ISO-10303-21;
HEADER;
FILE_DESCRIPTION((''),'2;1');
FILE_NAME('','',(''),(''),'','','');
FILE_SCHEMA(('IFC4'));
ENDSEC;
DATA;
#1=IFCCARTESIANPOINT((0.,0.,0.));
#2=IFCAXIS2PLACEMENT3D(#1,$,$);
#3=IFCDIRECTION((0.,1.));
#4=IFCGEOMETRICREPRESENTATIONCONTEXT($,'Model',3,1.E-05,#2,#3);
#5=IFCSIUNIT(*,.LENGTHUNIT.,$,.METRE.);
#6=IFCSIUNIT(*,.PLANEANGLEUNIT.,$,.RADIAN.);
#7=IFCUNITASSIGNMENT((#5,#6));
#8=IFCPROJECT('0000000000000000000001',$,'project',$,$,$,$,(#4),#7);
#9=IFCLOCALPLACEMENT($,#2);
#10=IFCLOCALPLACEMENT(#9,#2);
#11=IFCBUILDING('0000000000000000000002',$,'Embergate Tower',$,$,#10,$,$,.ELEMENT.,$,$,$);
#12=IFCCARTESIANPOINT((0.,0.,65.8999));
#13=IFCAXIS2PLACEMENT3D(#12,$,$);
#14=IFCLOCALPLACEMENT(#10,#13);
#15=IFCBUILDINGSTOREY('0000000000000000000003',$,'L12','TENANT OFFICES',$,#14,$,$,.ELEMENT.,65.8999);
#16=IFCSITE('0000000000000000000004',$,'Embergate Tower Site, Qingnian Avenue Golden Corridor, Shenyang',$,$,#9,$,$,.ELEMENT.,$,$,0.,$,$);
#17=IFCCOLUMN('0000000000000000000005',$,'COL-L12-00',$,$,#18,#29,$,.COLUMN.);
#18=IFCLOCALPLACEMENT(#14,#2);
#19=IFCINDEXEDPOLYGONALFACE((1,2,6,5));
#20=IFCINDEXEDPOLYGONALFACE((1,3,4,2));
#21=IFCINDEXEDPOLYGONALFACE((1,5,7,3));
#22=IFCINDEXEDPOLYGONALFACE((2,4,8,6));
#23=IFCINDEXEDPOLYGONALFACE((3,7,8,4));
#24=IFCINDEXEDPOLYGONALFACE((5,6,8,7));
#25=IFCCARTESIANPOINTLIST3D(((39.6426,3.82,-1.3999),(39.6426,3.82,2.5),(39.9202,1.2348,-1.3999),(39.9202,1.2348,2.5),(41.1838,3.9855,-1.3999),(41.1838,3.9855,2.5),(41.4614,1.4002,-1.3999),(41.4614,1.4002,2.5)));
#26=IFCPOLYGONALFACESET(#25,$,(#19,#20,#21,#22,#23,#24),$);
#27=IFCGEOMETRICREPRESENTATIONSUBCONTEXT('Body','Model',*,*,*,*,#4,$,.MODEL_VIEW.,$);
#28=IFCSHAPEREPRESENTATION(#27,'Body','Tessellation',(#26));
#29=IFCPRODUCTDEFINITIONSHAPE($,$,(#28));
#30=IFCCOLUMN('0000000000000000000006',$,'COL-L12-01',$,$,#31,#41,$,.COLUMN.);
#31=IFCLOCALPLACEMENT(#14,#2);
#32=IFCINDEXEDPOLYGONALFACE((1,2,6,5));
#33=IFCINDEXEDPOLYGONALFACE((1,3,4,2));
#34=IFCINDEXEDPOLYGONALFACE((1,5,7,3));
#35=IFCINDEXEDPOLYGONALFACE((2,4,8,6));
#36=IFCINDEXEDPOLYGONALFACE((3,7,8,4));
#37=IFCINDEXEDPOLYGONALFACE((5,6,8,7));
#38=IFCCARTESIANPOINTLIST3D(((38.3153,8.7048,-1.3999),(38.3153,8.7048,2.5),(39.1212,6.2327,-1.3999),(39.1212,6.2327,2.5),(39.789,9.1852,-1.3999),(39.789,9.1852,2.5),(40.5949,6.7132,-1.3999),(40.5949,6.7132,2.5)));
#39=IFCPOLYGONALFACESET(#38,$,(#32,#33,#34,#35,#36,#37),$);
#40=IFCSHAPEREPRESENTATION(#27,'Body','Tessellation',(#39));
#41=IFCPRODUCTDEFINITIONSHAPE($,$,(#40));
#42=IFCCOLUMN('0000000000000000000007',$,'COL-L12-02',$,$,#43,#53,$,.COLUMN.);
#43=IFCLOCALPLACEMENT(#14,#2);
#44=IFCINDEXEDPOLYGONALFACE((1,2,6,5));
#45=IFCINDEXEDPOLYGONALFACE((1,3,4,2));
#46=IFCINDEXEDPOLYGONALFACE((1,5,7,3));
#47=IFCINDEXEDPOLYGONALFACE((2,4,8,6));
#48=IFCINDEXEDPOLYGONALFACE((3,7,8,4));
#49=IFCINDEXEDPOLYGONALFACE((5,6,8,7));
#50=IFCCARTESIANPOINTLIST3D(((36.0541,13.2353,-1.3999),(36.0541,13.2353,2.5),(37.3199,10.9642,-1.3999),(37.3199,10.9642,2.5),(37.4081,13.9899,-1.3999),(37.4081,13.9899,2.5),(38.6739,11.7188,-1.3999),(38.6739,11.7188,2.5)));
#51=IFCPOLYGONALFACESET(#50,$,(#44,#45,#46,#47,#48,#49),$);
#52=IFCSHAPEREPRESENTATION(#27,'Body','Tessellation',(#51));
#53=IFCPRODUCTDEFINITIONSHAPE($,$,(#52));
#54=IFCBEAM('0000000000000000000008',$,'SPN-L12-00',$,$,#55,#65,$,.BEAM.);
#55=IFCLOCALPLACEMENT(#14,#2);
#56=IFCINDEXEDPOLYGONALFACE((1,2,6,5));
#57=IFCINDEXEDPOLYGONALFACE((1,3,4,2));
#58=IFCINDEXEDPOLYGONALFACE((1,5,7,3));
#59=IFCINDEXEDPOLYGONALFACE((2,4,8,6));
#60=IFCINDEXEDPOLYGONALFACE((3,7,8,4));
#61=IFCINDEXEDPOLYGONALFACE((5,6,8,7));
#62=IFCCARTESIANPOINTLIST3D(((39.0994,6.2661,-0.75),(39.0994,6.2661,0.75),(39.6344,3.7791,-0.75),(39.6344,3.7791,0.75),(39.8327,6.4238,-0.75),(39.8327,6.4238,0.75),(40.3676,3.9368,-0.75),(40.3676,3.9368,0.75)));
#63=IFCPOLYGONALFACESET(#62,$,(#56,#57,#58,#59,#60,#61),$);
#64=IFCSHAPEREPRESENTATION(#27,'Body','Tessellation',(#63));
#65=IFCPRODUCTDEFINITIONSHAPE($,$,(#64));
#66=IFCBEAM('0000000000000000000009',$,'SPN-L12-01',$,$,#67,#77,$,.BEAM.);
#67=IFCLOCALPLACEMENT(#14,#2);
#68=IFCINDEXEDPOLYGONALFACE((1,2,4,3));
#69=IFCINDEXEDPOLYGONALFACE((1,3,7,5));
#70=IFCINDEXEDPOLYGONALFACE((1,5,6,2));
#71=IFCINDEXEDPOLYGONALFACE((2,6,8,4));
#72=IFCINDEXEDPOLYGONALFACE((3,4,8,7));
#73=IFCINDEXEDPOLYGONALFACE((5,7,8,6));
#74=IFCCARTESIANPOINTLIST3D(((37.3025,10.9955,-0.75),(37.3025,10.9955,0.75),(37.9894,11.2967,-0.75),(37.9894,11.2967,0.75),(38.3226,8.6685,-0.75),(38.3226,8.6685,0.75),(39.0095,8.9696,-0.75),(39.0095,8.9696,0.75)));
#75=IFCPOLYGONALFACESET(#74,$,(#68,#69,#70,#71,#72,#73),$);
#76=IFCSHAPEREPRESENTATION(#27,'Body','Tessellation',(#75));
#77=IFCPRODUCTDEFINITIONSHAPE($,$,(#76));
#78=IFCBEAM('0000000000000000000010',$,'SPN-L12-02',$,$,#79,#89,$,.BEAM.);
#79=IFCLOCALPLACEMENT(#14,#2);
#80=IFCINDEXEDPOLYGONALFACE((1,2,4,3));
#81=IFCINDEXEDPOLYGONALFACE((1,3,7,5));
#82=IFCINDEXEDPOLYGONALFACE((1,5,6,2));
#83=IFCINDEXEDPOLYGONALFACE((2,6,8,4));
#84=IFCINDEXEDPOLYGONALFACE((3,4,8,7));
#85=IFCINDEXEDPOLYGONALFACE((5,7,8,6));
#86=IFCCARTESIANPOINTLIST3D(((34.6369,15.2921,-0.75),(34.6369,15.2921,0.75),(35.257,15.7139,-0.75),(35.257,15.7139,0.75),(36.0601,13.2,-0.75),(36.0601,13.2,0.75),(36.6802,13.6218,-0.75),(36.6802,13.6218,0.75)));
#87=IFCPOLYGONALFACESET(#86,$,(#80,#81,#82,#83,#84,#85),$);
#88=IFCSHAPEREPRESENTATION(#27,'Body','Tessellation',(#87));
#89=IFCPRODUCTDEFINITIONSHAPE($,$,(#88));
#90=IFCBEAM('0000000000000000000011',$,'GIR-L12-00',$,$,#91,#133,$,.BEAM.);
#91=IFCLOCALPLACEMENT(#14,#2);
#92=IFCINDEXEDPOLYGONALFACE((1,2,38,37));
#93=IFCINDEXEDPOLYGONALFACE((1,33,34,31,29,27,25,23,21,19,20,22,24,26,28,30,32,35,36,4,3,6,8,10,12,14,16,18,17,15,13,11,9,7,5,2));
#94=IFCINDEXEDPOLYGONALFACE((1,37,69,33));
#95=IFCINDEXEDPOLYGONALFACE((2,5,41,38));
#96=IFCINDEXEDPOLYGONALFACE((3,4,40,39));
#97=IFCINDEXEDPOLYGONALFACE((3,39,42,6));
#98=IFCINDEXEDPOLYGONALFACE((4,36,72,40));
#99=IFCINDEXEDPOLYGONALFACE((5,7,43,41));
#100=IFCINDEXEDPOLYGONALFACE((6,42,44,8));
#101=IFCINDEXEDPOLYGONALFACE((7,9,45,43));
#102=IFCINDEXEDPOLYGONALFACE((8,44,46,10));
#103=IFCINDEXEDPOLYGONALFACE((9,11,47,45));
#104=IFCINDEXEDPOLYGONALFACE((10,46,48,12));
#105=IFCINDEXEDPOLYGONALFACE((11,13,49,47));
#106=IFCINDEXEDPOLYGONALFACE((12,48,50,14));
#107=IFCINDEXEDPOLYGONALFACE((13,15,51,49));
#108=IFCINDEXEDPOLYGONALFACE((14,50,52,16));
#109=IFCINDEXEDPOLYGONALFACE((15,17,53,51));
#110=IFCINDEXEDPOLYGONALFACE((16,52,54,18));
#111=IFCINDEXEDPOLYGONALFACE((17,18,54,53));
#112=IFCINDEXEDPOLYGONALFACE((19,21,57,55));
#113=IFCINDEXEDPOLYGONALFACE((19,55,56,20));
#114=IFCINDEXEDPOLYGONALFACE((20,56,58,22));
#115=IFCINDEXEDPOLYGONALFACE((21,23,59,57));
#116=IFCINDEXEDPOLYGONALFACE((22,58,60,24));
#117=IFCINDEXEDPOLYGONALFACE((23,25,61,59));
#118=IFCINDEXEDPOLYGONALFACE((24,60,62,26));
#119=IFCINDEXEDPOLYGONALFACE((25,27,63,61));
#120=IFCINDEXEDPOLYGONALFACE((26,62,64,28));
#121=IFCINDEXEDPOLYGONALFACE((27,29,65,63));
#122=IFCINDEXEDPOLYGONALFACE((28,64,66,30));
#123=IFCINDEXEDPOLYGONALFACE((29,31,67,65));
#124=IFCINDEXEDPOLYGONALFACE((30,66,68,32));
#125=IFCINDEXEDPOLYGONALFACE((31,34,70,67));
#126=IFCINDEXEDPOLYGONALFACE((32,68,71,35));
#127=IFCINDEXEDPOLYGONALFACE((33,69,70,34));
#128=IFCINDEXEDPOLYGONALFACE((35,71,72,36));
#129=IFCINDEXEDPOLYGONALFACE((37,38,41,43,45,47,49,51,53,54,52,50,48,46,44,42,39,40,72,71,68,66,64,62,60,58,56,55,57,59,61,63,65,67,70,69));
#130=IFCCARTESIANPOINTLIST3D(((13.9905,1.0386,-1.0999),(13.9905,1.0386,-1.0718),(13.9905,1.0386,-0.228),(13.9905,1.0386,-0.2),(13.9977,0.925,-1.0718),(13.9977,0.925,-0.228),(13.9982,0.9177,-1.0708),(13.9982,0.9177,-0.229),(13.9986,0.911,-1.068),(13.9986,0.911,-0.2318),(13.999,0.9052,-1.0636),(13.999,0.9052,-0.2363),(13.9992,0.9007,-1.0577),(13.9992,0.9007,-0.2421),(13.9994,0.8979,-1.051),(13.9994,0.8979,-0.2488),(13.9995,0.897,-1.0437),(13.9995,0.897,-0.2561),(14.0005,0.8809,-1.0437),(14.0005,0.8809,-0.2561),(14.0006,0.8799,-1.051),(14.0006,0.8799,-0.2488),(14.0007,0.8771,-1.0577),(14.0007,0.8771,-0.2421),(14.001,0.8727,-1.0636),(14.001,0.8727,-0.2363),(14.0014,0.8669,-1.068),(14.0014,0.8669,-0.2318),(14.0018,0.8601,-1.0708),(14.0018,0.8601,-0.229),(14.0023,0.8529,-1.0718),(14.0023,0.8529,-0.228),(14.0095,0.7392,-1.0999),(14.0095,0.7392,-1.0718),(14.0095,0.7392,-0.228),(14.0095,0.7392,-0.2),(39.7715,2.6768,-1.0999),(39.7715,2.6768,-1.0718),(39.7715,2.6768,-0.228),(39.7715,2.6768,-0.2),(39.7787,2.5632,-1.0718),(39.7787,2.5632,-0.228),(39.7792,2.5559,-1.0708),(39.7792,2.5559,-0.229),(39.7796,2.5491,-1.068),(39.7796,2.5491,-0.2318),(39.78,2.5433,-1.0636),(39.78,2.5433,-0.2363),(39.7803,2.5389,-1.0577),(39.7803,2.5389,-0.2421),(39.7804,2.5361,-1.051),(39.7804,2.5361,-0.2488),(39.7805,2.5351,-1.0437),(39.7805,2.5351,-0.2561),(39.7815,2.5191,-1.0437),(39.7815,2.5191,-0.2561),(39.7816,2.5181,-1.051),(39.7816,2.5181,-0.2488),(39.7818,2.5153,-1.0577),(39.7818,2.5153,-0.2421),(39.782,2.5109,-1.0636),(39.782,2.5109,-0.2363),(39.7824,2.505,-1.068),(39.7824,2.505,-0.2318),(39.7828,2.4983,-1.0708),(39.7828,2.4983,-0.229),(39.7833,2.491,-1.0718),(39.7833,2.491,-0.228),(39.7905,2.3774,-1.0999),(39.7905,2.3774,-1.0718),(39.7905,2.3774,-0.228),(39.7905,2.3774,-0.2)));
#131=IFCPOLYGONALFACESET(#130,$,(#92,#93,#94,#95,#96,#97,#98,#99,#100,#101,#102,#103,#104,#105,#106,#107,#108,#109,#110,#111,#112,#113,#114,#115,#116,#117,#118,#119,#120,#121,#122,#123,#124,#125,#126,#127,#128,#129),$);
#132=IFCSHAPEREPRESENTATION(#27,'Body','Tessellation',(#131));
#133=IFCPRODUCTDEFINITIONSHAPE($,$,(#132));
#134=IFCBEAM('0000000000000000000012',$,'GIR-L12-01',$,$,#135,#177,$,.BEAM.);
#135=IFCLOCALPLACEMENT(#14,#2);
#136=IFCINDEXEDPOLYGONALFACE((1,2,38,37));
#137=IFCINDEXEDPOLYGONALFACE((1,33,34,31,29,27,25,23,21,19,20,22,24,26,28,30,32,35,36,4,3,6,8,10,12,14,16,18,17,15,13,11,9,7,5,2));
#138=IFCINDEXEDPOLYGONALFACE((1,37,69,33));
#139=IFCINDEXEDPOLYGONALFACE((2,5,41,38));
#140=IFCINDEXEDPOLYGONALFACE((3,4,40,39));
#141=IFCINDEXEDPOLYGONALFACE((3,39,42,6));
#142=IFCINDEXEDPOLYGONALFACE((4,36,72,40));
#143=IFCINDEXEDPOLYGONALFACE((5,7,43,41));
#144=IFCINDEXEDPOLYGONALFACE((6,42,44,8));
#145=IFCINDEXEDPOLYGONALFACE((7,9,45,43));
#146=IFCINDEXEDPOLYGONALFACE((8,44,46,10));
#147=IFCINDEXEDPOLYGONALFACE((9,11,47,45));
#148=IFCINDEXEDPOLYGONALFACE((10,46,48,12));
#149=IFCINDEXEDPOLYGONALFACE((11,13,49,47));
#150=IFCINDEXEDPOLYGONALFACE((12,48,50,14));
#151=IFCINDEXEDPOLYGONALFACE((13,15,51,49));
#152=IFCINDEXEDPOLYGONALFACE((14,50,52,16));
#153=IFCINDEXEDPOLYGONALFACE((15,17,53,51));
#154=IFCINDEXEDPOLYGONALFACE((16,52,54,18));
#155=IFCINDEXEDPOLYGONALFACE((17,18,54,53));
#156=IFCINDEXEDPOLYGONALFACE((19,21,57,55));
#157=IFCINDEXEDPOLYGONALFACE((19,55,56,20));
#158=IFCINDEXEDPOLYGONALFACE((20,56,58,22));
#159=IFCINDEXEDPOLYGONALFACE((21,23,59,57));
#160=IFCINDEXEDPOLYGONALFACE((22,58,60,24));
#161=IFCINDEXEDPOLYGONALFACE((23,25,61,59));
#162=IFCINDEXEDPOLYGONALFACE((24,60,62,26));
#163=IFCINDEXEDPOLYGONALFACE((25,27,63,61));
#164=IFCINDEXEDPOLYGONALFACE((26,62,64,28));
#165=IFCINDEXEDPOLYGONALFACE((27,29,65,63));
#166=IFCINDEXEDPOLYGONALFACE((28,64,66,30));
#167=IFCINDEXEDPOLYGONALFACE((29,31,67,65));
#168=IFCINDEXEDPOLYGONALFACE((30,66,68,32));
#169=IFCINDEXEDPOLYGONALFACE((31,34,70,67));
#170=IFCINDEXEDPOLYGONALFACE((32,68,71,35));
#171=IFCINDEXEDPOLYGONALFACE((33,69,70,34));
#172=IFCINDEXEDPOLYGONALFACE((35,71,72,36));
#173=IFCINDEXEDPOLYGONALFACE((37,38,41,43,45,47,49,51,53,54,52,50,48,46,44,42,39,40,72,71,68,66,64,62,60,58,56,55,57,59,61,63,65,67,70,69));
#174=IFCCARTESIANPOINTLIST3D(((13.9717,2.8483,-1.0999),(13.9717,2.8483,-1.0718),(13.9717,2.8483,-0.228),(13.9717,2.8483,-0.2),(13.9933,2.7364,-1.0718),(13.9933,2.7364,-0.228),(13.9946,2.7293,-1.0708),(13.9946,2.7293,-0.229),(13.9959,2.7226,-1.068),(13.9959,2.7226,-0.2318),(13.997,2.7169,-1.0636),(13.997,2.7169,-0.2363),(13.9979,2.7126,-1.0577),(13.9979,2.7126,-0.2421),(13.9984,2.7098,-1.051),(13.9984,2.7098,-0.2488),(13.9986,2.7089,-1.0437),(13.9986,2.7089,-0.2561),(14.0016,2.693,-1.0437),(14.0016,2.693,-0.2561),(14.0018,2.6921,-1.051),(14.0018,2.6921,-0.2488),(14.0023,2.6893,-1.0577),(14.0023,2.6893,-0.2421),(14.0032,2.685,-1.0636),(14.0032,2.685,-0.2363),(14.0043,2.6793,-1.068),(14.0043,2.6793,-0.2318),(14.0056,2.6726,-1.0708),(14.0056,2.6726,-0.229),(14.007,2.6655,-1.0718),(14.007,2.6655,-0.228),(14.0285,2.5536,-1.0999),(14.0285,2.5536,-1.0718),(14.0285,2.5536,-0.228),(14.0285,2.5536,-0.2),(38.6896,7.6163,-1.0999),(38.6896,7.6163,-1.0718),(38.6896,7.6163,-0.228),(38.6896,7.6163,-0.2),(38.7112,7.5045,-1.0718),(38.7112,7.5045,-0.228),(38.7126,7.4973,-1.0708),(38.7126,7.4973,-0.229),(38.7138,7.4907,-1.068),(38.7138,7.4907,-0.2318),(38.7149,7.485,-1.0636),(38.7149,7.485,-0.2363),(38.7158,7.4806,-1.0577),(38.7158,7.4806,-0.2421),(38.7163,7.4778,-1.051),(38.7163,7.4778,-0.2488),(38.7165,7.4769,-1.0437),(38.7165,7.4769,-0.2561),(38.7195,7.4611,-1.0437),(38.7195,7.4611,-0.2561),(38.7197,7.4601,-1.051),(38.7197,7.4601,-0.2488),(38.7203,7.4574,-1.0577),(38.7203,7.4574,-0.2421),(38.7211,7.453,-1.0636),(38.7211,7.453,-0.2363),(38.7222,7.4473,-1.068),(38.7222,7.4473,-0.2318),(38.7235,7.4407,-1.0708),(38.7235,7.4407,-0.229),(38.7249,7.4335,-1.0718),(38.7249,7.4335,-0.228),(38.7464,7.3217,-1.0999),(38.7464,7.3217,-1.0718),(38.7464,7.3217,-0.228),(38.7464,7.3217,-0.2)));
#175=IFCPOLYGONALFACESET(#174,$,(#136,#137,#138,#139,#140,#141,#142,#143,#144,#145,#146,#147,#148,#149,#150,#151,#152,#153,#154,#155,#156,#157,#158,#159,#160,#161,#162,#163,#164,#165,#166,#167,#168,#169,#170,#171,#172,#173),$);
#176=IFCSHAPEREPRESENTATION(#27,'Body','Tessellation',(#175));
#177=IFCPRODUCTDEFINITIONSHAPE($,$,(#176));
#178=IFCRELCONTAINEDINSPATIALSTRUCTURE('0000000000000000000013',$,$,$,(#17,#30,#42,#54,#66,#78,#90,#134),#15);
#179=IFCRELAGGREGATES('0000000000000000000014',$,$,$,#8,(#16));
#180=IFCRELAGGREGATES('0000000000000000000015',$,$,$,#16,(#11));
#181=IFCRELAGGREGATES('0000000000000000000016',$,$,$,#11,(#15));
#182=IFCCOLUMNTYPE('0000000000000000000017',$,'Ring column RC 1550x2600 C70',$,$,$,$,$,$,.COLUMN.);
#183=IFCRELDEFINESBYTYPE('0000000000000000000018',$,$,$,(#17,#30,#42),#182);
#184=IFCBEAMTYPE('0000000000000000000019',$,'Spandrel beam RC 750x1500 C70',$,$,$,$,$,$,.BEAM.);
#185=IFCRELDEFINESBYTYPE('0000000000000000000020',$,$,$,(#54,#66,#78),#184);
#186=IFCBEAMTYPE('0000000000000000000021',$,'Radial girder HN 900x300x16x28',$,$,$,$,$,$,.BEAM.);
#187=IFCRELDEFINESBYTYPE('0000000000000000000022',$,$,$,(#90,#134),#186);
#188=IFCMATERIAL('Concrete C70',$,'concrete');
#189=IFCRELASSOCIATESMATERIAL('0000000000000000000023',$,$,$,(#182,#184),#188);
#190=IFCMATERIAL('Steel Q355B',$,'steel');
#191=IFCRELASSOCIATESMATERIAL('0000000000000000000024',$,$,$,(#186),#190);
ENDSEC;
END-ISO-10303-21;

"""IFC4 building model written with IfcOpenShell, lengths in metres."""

from ifc_helpers import new_model, si_unit, direction, frame, origin, origin_2d, place, context, subcontext, project, spatial, rectangle, i_section, extrude, source, transform, mapped, material, material_profile, profile_set, type_object, element, save


model = new_model("IFC4")

# Units and contexts
model_context = context("Model", 3, precision=1e-05, world=origin(), true_north=direction((0.0, 1.0)))
body_context = subcontext(model_context, "Body", "Model", "MODEL_VIEW")
ifc_project = project(units=[si_unit("LENGTHUNIT", "METRE"), si_unit("PLANEANGLEUNIT", "RADIAN")], contexts=[model_context])

# Site, building, storey
site_placement = place(None, origin())
site = spatial("IfcSite", under=ifc_project, at=site_placement, Name="Embergate Tower Site, Qingnian Avenue Golden Corridor, Shenyang", CompositionType="ELEMENT", RefElevation=0.0)
building_placement = place(site_placement, origin())
building = spatial("IfcBuilding", under=site, at=building_placement, Name="Embergate Tower", CompositionType="ELEMENT")
storey_placement = place(building_placement, frame((0.0, 0.0, 65.8999)))
storey = spatial("IfcBuildingStorey", under=building, at=storey_placement, Name="L12", Description="TENANT OFFICES", CompositionType="ELEMENT", Elevation=65.8999)

# Columns
ifc_material_1 = material(Name="Concrete C70", Category="concrete")
ifc_material_profile_1 = material_profile(ifc_material_1, rectangle(XDim=1.55, YDim=2.6001, at=origin_2d()), Name="RC 1550x2600")
ifc_profile_set_1 = profile_set([ifc_material_profile_1], Name="Concrete C70")
column_type = type_object("IfcColumnType", Name="Ring column RC 1550x2600 C70", PredefinedType="COLUMN", material=ifc_profile_set_1)
shared_shape_1 = source(origin(), body_context, "Body", "SweptSolid", [
    extrude(rectangle(XDim=1.55, YDim=2.6001, at=origin_2d()), origin(), (0.0, 0.0, 1.0), 3.8999),
])
for number, where, z_axis, x_axis, name in (
    (1, (40.552, 2.6101, -1.3999), (0.0, 0.0, 1.0), (0.994286, 0.10675, 0.0), "COL-L12-00"),
    (2, (39.4551, 7.709, -1.3999), (0.0, 0.0, 1.0), (0.950754, 0.309946, 0.0), "COL-L12-01"),
    (3, (37.364, 12.4771, -1.3999), (0.0, 0.0, 1.0), (0.8735, 0.486823, 0.0), "COL-L12-02"),
):
    element("IfcColumn", number, at=place(storey_placement, frame(where, z_axis=z_axis, x_axis=x_axis)), inside=storey, type_object=column_type, Name=name, PredefinedType="COLUMN", context=body_context, shape_type="MappedRepresentation", body=[
        mapped(shared_shape_1, transform((0.0, 0.0, 0.0))),
    ])

# Beams
ifc_material_profile_2 = material_profile(ifc_material_1, rectangle(XDim=0.75, YDim=1.5, at=origin_2d()), Name="RC 750x1500")
ifc_profile_set_2 = profile_set([ifc_material_profile_2], Name="Concrete C70")
beam_type_1 = type_object("IfcBeamType", Name="Spandrel beam RC 750x1500 C70", PredefinedType="BEAM", material=ifc_profile_set_2)
shared_shape_2 = source(origin(), body_context, "Body", "SweptSolid", [
    extrude(rectangle(XDim=0.75, YDim=1.5, at=origin_2d()), origin(), (0.0, 0.0, 1.0), 2.5439),
])
beam_1_placement = place(storey_placement, frame((40.001, 3.8579, 0.0), z_axis=(-0.21027, 0.977643, 0.0), x_axis=(-0.977643, -0.21027, 0.0)))
element("IfcBeam", 4, at=beam_1_placement, inside=storey, type_object=beam_type_1, Name="SPN-L12-00", PredefinedType="BEAM", context=body_context, shape_type="MappedRepresentation", body=[
    mapped(shared_shape_2, transform((0.0, 0.0, 0.0))),
])
shared_shape_3 = source(origin(), body_context, "Body", "SweptSolid", [
    extrude(rectangle(XDim=0.75, YDim=1.5, at=origin_2d()), origin(), (0.0, 0.0, 1.0), 2.5408),
])
beam_2_placement = place(storey_placement, frame((38.666, 8.8191, 0.0), z_axis=(-0.401479, 0.915868, 0.0), x_axis=(-0.915868, -0.401479, 0.0)))
element("IfcBeam", 5, at=beam_2_placement, inside=storey, type_object=beam_type_1, Name="SPN-L12-01", PredefinedType="BEAM", context=body_context, shape_type="MappedRepresentation", body=[
    mapped(shared_shape_3, transform((0.0, 0.0, 0.0))),
])
shared_shape_4 = source(origin(), body_context, "Body", "SweptSolid", [
    extrude(rectangle(XDim=0.75, YDim=1.5, at=origin_2d()), origin(), (0.0, 0.0, 1.0), 2.5303),
])
beam_3_placement = place(storey_placement, frame((36.3701, 13.4109, 0.0), z_axis=(-0.562447, 0.826833, 0.0), x_axis=(-0.826833, -0.562447, 0.0)))
element("IfcBeam", 6, at=beam_3_placement, inside=storey, type_object=beam_type_1, Name="SPN-L12-02", PredefinedType="BEAM", context=body_context, shape_type="MappedRepresentation", body=[
    mapped(shared_shape_4, transform((0.0, 0.0, 0.0))),
])
ifc_material_2 = material(Name="Steel Q355B", Category="steel")
ifc_material_profile_3 = material_profile(ifc_material_2, i_section(OverallWidth=0.3, OverallDepth=0.8999, WebThickness=0.0161, FlangeThickness=0.0281, FilletRadius=0.0281, at=origin_2d()), Name="HN 900x300x16x28")
ifc_profile_set_3 = profile_set([ifc_material_profile_3], Name="Steel Q355 grade B")
beam_type_2 = type_object("IfcBeamType", Name="Radial girder HN 900x300x16x28", PredefinedType="BEAM", material=ifc_profile_set_3)
shared_shape_5 = source(origin(), body_context, "Body", "SweptSolid", [
    extrude(i_section(OverallWidth=0.3, OverallDepth=0.8999, WebThickness=0.0161, FlangeThickness=0.0281, FilletRadius=0.0281, at=origin_2d()), origin(), (0.0, 0.0, 1.0), 25.833),
])
beam_4_placement = place(storey_placement, frame((39.781, 2.5271, -0.6499), z_axis=(-0.997987, -0.063414, 0.0), x_axis=(0.063414, -0.997987, 0.0)))
element("IfcBeam", 7, at=beam_4_placement, inside=storey, type_object=beam_type_2, Name="GIR-L12-00", PredefinedType="BEAM", context=body_context, shape_type="MappedRepresentation", body=[
    mapped(shared_shape_5, transform((0.0, 0.0, 0.0))),
])
shared_shape_6 = source(origin(), body_context, "Body", "SweptSolid", [
    extrude(i_section(OverallWidth=0.3, OverallDepth=0.8999, WebThickness=0.0161, FlangeThickness=0.0281, FilletRadius=0.0281, at=origin_2d()), origin(), (0.0, 0.0, 1.0), 25.1736),
])
beam_5_placement = place(storey_placement, frame((38.718, 7.469, -0.6499), z_axis=(-0.981899, -0.189407, 0.0), x_axis=(0.189407, -0.981899, 0.0)))
element("IfcBeam", 8, at=beam_5_placement, inside=storey, type_object=beam_type_2, Name="GIR-L12-01", PredefinedType="BEAM", context=body_context, shape_type="MappedRepresentation", body=[
    mapped(shared_shape_6, transform((0.0, 0.0, 0.0))),
])

save(model, "model.ifc")
